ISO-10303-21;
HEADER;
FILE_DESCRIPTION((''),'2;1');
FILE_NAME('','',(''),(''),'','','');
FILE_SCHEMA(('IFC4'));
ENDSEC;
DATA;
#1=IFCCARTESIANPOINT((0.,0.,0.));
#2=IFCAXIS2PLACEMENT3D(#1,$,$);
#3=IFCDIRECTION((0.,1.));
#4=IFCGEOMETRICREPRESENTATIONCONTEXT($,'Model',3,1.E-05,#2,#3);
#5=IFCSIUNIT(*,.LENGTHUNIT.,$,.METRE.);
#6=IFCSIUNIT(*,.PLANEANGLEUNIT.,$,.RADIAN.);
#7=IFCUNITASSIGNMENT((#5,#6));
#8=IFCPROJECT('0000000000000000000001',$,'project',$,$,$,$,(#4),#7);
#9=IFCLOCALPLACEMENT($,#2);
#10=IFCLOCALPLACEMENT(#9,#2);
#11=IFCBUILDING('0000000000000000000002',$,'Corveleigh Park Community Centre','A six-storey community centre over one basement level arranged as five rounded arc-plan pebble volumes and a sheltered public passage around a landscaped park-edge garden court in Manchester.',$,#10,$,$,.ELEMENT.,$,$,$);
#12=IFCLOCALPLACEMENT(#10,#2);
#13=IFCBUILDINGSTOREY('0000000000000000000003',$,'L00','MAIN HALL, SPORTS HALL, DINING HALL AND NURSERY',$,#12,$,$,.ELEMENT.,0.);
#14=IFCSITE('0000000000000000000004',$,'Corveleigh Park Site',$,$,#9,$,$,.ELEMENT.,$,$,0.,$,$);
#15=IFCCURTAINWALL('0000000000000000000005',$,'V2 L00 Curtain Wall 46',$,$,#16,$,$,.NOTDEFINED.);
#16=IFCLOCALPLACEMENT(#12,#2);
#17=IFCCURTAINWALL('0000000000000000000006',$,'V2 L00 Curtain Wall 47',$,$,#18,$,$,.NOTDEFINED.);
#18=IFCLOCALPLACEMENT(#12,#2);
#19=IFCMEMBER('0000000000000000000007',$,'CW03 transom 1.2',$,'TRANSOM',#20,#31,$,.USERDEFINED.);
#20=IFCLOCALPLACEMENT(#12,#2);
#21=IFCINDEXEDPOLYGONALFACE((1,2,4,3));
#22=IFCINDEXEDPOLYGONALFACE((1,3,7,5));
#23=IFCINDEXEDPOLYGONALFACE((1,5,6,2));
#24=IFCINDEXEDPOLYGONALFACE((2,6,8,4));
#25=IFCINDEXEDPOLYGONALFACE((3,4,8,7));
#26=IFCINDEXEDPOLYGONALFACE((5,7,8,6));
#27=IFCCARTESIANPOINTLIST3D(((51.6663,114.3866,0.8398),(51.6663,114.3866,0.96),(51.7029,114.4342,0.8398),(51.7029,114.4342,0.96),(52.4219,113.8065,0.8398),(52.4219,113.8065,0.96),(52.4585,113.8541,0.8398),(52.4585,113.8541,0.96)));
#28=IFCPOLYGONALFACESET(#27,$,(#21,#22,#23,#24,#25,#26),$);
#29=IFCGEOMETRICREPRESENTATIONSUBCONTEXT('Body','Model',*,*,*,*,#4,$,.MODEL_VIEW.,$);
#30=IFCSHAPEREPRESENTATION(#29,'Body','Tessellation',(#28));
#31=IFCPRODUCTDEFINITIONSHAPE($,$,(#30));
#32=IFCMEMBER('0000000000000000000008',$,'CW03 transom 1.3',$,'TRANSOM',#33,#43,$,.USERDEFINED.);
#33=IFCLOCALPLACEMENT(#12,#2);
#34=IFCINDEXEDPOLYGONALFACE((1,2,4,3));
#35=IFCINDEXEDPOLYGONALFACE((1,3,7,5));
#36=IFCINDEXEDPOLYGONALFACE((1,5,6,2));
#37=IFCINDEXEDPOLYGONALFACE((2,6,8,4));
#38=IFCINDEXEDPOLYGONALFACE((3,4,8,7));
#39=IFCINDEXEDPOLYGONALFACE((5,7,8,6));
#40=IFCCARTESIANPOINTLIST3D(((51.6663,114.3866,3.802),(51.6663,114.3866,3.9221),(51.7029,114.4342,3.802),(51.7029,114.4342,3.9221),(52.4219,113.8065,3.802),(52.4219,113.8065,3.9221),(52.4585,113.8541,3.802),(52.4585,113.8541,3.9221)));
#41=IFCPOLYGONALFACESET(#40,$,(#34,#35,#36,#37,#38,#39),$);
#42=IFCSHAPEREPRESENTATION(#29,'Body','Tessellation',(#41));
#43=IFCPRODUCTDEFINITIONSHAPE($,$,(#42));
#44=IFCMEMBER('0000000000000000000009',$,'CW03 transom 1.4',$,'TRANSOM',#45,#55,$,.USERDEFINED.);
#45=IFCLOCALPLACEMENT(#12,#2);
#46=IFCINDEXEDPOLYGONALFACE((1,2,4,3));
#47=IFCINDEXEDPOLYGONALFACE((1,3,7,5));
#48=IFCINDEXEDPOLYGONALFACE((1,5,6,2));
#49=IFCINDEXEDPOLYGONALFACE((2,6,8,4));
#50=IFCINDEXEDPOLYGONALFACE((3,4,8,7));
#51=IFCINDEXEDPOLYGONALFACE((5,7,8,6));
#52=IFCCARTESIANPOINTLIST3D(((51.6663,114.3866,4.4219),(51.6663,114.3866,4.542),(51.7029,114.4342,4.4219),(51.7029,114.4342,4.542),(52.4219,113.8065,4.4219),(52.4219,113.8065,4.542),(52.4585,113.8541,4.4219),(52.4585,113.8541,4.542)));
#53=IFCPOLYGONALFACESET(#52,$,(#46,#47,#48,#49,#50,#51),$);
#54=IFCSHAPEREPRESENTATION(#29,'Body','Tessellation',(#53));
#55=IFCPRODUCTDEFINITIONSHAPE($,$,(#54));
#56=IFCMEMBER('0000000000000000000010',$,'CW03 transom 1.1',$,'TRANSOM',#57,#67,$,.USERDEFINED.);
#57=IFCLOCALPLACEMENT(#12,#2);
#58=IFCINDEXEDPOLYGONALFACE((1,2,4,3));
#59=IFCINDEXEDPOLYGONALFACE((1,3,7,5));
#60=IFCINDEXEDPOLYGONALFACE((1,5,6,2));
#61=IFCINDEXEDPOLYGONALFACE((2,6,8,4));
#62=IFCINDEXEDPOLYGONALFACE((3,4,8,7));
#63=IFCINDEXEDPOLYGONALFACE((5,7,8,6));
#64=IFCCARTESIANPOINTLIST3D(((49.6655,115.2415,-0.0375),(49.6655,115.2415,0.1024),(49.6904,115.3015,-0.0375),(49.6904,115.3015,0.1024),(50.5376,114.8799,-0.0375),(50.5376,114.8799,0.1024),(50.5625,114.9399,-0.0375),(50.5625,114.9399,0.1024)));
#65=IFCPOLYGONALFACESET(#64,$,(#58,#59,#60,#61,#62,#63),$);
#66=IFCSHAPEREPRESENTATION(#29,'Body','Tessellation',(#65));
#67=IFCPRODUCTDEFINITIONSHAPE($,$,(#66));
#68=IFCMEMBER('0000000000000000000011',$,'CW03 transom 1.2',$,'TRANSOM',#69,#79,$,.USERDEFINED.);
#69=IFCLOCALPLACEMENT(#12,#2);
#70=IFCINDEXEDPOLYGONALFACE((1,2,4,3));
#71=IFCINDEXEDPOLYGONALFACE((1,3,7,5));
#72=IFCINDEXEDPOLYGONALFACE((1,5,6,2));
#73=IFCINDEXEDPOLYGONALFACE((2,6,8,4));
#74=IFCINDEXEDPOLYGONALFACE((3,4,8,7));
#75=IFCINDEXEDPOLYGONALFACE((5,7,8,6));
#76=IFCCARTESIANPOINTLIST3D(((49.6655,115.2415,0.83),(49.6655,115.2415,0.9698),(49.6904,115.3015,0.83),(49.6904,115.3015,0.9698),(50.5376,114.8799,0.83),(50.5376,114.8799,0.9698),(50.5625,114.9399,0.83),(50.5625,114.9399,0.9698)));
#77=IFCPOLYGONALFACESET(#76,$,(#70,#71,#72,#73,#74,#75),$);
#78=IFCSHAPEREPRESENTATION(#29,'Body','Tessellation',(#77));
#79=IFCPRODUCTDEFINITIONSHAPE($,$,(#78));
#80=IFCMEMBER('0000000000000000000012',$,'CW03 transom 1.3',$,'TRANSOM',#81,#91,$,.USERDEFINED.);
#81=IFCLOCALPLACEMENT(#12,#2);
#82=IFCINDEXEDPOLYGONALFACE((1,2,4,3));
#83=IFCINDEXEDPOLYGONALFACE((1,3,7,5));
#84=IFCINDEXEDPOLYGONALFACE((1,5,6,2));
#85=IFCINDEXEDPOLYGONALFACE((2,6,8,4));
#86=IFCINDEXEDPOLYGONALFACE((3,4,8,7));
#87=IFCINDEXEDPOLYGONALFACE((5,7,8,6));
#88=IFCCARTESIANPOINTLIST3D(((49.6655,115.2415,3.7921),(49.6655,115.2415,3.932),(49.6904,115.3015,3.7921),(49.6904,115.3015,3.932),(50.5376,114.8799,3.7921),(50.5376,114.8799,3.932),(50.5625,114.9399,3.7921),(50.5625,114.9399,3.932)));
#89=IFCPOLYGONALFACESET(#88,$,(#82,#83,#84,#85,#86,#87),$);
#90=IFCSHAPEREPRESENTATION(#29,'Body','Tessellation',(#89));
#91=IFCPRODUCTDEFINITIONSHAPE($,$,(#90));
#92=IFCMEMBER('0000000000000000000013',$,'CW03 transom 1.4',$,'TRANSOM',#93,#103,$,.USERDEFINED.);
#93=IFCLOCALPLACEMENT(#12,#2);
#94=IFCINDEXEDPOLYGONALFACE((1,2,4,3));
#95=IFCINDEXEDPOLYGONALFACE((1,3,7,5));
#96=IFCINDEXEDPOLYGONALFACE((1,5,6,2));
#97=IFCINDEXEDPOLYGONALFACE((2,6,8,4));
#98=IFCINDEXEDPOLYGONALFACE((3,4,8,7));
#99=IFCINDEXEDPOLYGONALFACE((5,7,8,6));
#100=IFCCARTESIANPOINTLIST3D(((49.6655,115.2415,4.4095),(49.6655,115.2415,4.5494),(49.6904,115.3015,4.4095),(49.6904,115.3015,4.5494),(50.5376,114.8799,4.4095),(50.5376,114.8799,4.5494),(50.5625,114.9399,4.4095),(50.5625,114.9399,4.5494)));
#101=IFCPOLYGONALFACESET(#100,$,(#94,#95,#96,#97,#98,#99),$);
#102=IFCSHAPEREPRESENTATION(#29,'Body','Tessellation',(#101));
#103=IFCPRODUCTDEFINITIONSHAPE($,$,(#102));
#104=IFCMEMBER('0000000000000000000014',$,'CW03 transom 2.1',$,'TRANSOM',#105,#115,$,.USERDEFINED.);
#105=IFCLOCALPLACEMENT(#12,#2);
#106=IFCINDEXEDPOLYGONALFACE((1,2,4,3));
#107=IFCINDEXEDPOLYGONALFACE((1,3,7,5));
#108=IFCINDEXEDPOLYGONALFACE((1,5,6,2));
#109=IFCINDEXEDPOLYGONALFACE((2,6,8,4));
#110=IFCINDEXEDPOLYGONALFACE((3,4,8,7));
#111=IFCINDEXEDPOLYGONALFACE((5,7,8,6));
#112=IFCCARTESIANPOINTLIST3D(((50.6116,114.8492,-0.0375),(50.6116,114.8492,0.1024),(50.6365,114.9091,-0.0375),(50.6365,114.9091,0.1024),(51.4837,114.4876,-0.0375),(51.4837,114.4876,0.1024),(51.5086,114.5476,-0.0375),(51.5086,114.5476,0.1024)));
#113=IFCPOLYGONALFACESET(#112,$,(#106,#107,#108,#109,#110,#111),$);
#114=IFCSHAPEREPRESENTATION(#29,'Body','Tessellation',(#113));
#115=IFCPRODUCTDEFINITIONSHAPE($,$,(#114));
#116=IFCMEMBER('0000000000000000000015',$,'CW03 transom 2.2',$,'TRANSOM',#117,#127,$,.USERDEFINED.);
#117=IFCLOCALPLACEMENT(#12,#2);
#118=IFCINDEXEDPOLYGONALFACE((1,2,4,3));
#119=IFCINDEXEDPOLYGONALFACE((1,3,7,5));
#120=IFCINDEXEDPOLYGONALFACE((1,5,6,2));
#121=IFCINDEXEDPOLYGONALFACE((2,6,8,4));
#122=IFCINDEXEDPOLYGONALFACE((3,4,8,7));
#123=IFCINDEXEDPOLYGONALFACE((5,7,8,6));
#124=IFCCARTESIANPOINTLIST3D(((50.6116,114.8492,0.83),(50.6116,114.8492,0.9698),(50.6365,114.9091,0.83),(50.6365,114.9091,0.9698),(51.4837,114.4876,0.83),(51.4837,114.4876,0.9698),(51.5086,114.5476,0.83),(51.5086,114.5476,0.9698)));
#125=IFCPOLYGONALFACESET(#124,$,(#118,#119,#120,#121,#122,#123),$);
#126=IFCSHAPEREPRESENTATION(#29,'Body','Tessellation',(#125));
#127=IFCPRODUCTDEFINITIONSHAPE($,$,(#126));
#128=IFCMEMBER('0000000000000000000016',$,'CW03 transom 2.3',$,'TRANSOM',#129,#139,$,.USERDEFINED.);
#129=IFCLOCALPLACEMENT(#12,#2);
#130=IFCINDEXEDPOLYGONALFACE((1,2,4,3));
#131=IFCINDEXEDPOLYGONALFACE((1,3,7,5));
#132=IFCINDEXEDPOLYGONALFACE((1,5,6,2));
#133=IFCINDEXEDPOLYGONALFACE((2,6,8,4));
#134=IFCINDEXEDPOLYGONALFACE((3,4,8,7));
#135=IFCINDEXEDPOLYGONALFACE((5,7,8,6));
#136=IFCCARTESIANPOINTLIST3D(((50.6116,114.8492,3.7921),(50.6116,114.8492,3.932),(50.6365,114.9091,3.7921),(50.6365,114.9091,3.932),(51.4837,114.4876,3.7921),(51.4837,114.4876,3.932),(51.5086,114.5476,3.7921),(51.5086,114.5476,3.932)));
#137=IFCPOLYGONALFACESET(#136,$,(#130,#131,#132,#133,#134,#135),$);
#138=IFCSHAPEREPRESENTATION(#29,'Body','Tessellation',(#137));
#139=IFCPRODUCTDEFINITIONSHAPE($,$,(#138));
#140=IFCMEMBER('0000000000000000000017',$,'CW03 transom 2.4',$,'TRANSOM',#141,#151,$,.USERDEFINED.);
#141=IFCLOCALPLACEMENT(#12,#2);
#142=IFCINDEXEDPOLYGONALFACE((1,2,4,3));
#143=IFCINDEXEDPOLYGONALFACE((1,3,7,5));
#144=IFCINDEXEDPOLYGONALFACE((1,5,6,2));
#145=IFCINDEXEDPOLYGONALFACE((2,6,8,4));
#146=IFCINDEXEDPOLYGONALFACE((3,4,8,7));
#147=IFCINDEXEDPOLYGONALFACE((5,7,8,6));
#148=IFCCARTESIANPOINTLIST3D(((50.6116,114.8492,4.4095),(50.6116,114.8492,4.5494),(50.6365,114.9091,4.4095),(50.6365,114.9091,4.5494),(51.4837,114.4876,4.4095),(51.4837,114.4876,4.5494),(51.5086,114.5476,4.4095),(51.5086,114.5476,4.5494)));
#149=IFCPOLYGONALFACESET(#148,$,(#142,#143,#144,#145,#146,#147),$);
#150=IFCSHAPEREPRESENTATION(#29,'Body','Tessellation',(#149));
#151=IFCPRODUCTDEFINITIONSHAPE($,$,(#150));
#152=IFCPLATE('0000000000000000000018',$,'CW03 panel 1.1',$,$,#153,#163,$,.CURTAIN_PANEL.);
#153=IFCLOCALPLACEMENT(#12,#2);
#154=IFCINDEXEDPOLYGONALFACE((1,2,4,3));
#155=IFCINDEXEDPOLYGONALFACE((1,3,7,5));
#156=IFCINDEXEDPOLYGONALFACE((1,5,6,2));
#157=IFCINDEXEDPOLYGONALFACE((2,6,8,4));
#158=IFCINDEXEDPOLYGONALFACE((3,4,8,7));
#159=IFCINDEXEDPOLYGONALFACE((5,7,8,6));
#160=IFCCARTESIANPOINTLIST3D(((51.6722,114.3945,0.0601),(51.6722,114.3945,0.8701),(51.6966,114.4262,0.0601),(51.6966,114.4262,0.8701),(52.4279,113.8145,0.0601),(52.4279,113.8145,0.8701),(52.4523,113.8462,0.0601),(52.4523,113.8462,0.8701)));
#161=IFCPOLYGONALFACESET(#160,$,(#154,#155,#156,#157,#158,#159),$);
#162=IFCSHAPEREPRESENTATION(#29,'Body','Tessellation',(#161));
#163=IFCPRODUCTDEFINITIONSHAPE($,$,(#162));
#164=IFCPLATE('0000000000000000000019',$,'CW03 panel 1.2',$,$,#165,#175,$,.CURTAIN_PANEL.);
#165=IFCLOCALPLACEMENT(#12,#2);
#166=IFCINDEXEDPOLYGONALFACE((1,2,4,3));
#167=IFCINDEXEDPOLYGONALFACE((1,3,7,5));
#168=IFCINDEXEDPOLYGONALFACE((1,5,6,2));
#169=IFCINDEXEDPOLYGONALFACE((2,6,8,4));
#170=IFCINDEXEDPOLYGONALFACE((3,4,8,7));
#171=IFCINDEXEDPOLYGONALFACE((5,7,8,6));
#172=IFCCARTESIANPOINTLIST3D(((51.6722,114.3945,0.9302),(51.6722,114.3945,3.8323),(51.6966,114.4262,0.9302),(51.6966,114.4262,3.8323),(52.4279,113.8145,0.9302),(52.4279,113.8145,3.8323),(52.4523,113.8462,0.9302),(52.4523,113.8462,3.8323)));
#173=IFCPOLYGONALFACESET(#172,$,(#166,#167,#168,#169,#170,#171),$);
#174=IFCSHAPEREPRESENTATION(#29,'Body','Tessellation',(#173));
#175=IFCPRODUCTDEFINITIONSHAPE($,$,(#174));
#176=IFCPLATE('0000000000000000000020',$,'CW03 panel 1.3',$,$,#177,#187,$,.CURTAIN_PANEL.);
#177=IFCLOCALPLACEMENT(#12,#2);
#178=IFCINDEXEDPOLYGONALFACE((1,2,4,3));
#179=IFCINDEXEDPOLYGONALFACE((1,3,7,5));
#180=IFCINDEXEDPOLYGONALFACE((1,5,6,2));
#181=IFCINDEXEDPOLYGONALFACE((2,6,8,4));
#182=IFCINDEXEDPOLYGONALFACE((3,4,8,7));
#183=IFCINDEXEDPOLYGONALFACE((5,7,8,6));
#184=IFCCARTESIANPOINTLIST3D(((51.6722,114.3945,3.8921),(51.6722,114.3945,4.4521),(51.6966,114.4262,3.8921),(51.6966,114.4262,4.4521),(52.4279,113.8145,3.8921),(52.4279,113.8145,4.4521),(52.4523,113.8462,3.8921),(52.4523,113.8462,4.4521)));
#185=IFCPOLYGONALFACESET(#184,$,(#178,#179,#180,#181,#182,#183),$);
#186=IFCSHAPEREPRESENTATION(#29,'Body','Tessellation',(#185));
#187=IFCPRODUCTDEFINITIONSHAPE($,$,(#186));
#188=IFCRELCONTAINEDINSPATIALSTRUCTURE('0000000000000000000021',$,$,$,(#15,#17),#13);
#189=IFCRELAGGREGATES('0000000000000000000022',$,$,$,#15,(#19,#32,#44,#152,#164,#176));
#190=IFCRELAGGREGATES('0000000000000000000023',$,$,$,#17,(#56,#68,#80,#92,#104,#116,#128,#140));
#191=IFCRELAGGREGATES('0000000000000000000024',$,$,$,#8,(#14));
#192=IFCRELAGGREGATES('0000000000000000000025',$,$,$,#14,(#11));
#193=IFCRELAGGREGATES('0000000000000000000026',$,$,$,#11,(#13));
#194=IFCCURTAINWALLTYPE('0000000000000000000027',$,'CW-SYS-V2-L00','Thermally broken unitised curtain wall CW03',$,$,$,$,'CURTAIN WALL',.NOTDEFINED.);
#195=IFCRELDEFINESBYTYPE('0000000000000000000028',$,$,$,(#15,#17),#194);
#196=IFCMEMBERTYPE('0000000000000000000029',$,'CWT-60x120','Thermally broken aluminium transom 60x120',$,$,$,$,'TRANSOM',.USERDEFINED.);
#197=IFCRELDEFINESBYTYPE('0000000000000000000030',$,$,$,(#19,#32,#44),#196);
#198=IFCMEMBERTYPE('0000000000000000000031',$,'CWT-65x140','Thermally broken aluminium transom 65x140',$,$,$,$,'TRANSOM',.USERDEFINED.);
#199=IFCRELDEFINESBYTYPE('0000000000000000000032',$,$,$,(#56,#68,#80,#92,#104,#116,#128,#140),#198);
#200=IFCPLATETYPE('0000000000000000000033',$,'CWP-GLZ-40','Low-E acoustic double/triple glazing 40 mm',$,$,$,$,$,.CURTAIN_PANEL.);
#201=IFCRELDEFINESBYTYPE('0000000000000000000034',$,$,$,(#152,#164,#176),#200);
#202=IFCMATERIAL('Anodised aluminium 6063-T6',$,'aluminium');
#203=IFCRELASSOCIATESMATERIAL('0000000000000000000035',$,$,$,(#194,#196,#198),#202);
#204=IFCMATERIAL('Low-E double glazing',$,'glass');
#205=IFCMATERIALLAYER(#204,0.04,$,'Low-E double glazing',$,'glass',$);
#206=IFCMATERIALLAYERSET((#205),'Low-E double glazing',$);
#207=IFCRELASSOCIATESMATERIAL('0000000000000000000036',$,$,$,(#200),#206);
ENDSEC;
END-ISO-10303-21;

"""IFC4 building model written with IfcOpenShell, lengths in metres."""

from ifc_helpers import new_model, si_unit, direction, frame, origin, origin_2d, place, context, subcontext, project, spatial, rectangle, extrude, material, layer, layer_set, material_profile, profile_set, type_object, element, aggregate, save


model = new_model("IFC4")

# Units and contexts
model_context = context("Model", 3, precision=1e-05, world=origin(), true_north=direction((0.0, 1.0)))
body_context = subcontext(model_context, "Body", "Model", "MODEL_VIEW")
ifc_project = project(units=[si_unit("LENGTHUNIT", "METRE"), si_unit("PLANEANGLEUNIT", "RADIAN")], contexts=[model_context])

# Site, building, storey
site_placement = place(None, origin())
site = spatial("IfcSite", under=ifc_project, at=site_placement, Name="Corveleigh Park Site", CompositionType="ELEMENT", RefElevation=0.0)
building_placement = place(site_placement, origin())
building = spatial("IfcBuilding", under=site, at=building_placement, Name="Corveleigh Park Community Centre", Description="A six-storey community centre over one basement level arranged as five rounded arc-plan pebble volumes and a sheltered public passage around a landscaped park-edge garden court in Manchester.", CompositionType="ELEMENT")
storey_placement = place(building_placement, origin())
storey = spatial("IfcBuildingStorey", under=building, at=storey_placement, Name="L00", Description="MAIN HALL, SPORTS HALL, DINING HALL AND NURSERY", CompositionType="ELEMENT", Elevation=0.0)

# Curtain walls
ifc_material_1 = material(Name="Anodised aluminium 6063-T6", Category="aluminium")
curtain_wall_type = type_object("IfcCurtainWallType", Name="CW-SYS-V2-L00", Description="Thermally broken unitised curtain wall CW03", ElementType="CURTAIN WALL", PredefinedType="NOTDEFINED", material=ifc_material_1)
curtain_wall_1_placement = place(storey_placement, origin())
curtain_wall_1 = element("IfcCurtainWall", 1, at=curtain_wall_1_placement, inside=storey, type_object=curtain_wall_type, Name="V2 L00 Curtain Wall 46", PredefinedType="NOTDEFINED")
curtain_wall_2_placement = place(storey_placement, origin())
curtain_wall_2 = element("IfcCurtainWall", 2, at=curtain_wall_2_placement, inside=storey, type_object=curtain_wall_type, Name="V2 L00 Curtain Wall 47", PredefinedType="NOTDEFINED")

# Members
ifc_material_profile_1 = material_profile(ifc_material_1, rectangle(XDim=0.0601, YDim=0.1201, at=origin_2d()), Name="ALU-T60x120", Category="aluminium")
ifc_profile_set_1 = profile_set([ifc_material_profile_1], Name="Anodised aluminium 6063-T6")
member_type_1 = type_object("IfcMemberType", Name="CWT-60x120", Description="Thermally broken aluminium transom 60x120", ElementType="TRANSOM", PredefinedType="USERDEFINED", material=ifc_profile_set_1)
member_1_placement = place(storey_placement, frame((51.6846, 114.4104, 0.8999), z_axis=(0.793214, -0.608943, 0.0), x_axis=(0.608943, 0.793214, 0.0)))
member_1 = element("IfcMember", 3, at=member_1_placement, type_object=member_type_1, Name="CW03 transom 1.2", ObjectType="TRANSOM", PredefinedType="USERDEFINED", context=body_context, shape_type="SweptSolid", body=[
    extrude(rectangle(XDim=0.0601, YDim=0.1201, at=origin_2d()), origin(), (0.0, 0.0, 1.0), 0.9526),
])
member_2_placement = place(storey_placement, frame((51.6846, 114.4104, 3.8621), z_axis=(0.793214, -0.608943, 0.0), x_axis=(0.608943, 0.793214, 0.0)))
member_2 = element("IfcMember", 4, at=member_2_placement, type_object=member_type_1, Name="CW03 transom 1.3", ObjectType="TRANSOM", PredefinedType="USERDEFINED", context=body_context, shape_type="SweptSolid", body=[
    extrude(rectangle(XDim=0.0601, YDim=0.1201, at=origin_2d()), origin(), (0.0, 0.0, 1.0), 0.9526),
])
member_3_placement = place(storey_placement, frame((51.6846, 114.4104, 4.4819), z_axis=(0.793214, -0.608943, 0.0), x_axis=(0.608943, 0.793214, 0.0)))
member_3 = element("IfcMember", 5, at=member_3_placement, type_object=member_type_1, Name="CW03 transom 1.4", ObjectType="TRANSOM", PredefinedType="USERDEFINED", context=body_context, shape_type="SweptSolid", body=[
    extrude(rectangle(XDim=0.0601, YDim=0.1201, at=origin_2d()), origin(), (0.0, 0.0, 1.0), 0.9526),
])
ifc_material_profile_2 = material_profile(ifc_material_1, rectangle(XDim=0.0649, YDim=0.1399, at=origin_2d()), Name="ALU-T65x140", Category="aluminium")
ifc_profile_set_2 = profile_set([ifc_material_profile_2], Name="Anodised aluminium 6063-T6")
member_type_2 = type_object("IfcMemberType", Name="CWT-65x140", Description="Thermally broken aluminium transom 65x140", ElementType="TRANSOM", PredefinedType="USERDEFINED", material=ifc_profile_set_2)
member_4_placement = place(storey_placement, frame((49.678, 115.2715, 0.0325), z_axis=(0.923749, -0.382999, 0.0), x_axis=(0.382999, 0.923749, 0.0)))
member_4 = element("IfcMember", 6, at=member_4_placement, type_object=member_type_2, Name="CW03 transom 1.1", ObjectType="TRANSOM", PredefinedType="USERDEFINED", context=body_context, shape_type="SweptSolid", body=[
    extrude(rectangle(XDim=0.0649, YDim=0.1399, at=origin_2d()), origin(), (0.0, 0.0, 1.0), 0.9441),
])
member_5_placement = place(storey_placement, frame((49.678, 115.2715, 0.8999), z_axis=(0.923749, -0.382999, 0.0), x_axis=(0.382999, 0.923749, 0.0)))
member_5 = element("IfcMember", 7, at=member_5_placement, type_object=member_type_2, Name="CW03 transom 1.2", ObjectType="TRANSOM", PredefinedType="USERDEFINED", context=body_context, shape_type="SweptSolid", body=[
    extrude(rectangle(XDim=0.0649, YDim=0.1399, at=origin_2d()), origin(), (0.0, 0.0, 1.0), 0.9441),
])
member_6_placement = place(storey_placement, frame((49.678, 115.2715, 3.8621), z_axis=(0.923749, -0.382999, 0.0), x_axis=(0.382999, 0.923749, 0.0)))
member_6 = element("IfcMember", 8, at=member_6_placement, type_object=member_type_2, Name="CW03 transom 1.3", ObjectType="TRANSOM", PredefinedType="USERDEFINED", context=body_context, shape_type="SweptSolid", body=[
    extrude(rectangle(XDim=0.0649, YDim=0.1399, at=origin_2d()), origin(), (0.0, 0.0, 1.0), 0.9441),
])
member_7_placement = place(storey_placement, frame((49.678, 115.2715, 4.4795), z_axis=(0.923749, -0.382999, 0.0), x_axis=(0.382999, 0.923749, 0.0)))
member_7 = element("IfcMember", 9, at=member_7_placement, type_object=member_type_2, Name="CW03 transom 1.4", ObjectType="TRANSOM", PredefinedType="USERDEFINED", context=body_context, shape_type="SweptSolid", body=[
    extrude(rectangle(XDim=0.0649, YDim=0.1399, at=origin_2d()), origin(), (0.0, 0.0, 1.0), 0.9441),
])
member_8_placement = place(storey_placement, frame((50.624, 114.8792, 0.0325), z_axis=(0.923749, -0.382999, 0.0), x_axis=(0.382999, 0.923749, 0.0)))
member_8 = element("IfcMember", 10, at=member_8_placement, type_object=member_type_2, Name="CW03 transom 2.1", ObjectType="TRANSOM", PredefinedType="USERDEFINED", context=body_context, shape_type="SweptSolid", body=[
    extrude(rectangle(XDim=0.0649, YDim=0.1399, at=origin_2d()), origin(), (0.0, 0.0, 1.0), 0.9441),
])
member_9_placement = place(storey_placement, frame((50.624, 114.8792, 0.8999), z_axis=(0.923749, -0.382999, 0.0), x_axis=(0.382999, 0.923749, 0.0)))
member_9 = element("IfcMember", 11, at=member_9_placement, type_object=member_type_2, Name="CW03 transom 2.2", ObjectType="TRANSOM", PredefinedType="USERDEFINED", context=body_context, shape_type="SweptSolid", body=[
    extrude(rectangle(XDim=0.0649, YDim=0.1399, at=origin_2d()), origin(), (0.0, 0.0, 1.0), 0.9441),
])
member_10_placement = place(storey_placement, frame((50.624, 114.8792, 3.8621), z_axis=(0.923749, -0.382999, 0.0), x_axis=(0.382999, 0.923749, 0.0)))
member_10 = element("IfcMember", 12, at=member_10_placement, type_object=member_type_2, Name="CW03 transom 2.3", ObjectType="TRANSOM", PredefinedType="USERDEFINED", context=body_context, shape_type="SweptSolid", body=[
    extrude(rectangle(XDim=0.0649, YDim=0.1399, at=origin_2d()), origin(), (0.0, 0.0, 1.0), 0.9441),
])
member_11_placement = place(storey_placement, frame((50.624, 114.8792, 4.4795), z_axis=(0.923749, -0.382999, 0.0), x_axis=(0.382999, 0.923749, 0.0)))
member_11 = element("IfcMember", 13, at=member_11_placement, type_object=member_type_2, Name="CW03 transom 2.4", ObjectType="TRANSOM", PredefinedType="USERDEFINED", context=body_context, shape_type="SweptSolid", body=[
    extrude(rectangle(XDim=0.0649, YDim=0.1399, at=origin_2d()), origin(), (0.0, 0.0, 1.0), 0.9441),
])

# Plates
ifc_material_2 = material(Name="Low-E double glazing", Category="glass")
ifc_layer_1 = layer(ifc_material_2, 0.04, Name="Low-E double glazing", Category="glass")
ifc_layer_set_1 = layer_set([ifc_layer_1], Name="Low-E double glazing")
plate_type_1 = type_object("IfcPlateType", Name="CWP-GLZ-40", Description="Low-E acoustic double/triple glazing 40 mm", PredefinedType="CURTAIN_PANEL", material=ifc_layer_set_1)
plate_1_placement = place(storey_placement, frame((52.0623, 114.1204, 0.0601), z_axis=(0.0, 0.0, 1.0), x_axis=(0.793304, -0.608826, 0.0)))
plate_1 = element("IfcPlate", 14, at=plate_1_placement, type_object=plate_type_1, Name="CW03 panel 1.1", PredefinedType="CURTAIN_PANEL", context=body_context, shape_type="SweptSolid", body=[
    extrude(rectangle(XDim=0.9526, YDim=0.04, at=origin_2d()), origin(), (0.0, 0.0, 1.0), 0.8101),
])
plate_2_placement = place(storey_placement, frame((52.0623, 114.1204, 0.9302), z_axis=(0.0, 0.0, 1.0), x_axis=(0.793304, -0.608826, 0.0)))
plate_2 = element("IfcPlate", 15, at=plate_2_placement, type_object=plate_type_1, Name="CW03 panel 1.2", PredefinedType="CURTAIN_PANEL", context=body_context, shape_type="SweptSolid", body=[
    extrude(rectangle(XDim=0.9526, YDim=0.04, at=origin_2d()), origin(), (0.0, 0.0, 1.0), 2.9021),
])
plate_3_placement = place(storey_placement, frame((52.0623, 114.1204, 3.8921), z_axis=(0.0, 0.0, 1.0), x_axis=(0.793304, -0.608826, 0.0)))
plate_3 = element("IfcPlate", 16, at=plate_3_placement, type_object=plate_type_1, Name="CW03 panel 1.3", PredefinedType="CURTAIN_PANEL", context=body_context, shape_type="SweptSolid", body=[
    extrude(rectangle(XDim=0.9526, YDim=0.04, at=origin_2d()), origin(), (0.0, 0.0, 1.0), 0.5601),
])
aggregate(curtain_wall_1, [member_1, member_2, member_3, plate_1, plate_2, plate_3])
aggregate(curtain_wall_2, [member_4, member_5, member_6, member_7, member_8, member_9, member_10, member_11])

save(model, "model.ifc")
